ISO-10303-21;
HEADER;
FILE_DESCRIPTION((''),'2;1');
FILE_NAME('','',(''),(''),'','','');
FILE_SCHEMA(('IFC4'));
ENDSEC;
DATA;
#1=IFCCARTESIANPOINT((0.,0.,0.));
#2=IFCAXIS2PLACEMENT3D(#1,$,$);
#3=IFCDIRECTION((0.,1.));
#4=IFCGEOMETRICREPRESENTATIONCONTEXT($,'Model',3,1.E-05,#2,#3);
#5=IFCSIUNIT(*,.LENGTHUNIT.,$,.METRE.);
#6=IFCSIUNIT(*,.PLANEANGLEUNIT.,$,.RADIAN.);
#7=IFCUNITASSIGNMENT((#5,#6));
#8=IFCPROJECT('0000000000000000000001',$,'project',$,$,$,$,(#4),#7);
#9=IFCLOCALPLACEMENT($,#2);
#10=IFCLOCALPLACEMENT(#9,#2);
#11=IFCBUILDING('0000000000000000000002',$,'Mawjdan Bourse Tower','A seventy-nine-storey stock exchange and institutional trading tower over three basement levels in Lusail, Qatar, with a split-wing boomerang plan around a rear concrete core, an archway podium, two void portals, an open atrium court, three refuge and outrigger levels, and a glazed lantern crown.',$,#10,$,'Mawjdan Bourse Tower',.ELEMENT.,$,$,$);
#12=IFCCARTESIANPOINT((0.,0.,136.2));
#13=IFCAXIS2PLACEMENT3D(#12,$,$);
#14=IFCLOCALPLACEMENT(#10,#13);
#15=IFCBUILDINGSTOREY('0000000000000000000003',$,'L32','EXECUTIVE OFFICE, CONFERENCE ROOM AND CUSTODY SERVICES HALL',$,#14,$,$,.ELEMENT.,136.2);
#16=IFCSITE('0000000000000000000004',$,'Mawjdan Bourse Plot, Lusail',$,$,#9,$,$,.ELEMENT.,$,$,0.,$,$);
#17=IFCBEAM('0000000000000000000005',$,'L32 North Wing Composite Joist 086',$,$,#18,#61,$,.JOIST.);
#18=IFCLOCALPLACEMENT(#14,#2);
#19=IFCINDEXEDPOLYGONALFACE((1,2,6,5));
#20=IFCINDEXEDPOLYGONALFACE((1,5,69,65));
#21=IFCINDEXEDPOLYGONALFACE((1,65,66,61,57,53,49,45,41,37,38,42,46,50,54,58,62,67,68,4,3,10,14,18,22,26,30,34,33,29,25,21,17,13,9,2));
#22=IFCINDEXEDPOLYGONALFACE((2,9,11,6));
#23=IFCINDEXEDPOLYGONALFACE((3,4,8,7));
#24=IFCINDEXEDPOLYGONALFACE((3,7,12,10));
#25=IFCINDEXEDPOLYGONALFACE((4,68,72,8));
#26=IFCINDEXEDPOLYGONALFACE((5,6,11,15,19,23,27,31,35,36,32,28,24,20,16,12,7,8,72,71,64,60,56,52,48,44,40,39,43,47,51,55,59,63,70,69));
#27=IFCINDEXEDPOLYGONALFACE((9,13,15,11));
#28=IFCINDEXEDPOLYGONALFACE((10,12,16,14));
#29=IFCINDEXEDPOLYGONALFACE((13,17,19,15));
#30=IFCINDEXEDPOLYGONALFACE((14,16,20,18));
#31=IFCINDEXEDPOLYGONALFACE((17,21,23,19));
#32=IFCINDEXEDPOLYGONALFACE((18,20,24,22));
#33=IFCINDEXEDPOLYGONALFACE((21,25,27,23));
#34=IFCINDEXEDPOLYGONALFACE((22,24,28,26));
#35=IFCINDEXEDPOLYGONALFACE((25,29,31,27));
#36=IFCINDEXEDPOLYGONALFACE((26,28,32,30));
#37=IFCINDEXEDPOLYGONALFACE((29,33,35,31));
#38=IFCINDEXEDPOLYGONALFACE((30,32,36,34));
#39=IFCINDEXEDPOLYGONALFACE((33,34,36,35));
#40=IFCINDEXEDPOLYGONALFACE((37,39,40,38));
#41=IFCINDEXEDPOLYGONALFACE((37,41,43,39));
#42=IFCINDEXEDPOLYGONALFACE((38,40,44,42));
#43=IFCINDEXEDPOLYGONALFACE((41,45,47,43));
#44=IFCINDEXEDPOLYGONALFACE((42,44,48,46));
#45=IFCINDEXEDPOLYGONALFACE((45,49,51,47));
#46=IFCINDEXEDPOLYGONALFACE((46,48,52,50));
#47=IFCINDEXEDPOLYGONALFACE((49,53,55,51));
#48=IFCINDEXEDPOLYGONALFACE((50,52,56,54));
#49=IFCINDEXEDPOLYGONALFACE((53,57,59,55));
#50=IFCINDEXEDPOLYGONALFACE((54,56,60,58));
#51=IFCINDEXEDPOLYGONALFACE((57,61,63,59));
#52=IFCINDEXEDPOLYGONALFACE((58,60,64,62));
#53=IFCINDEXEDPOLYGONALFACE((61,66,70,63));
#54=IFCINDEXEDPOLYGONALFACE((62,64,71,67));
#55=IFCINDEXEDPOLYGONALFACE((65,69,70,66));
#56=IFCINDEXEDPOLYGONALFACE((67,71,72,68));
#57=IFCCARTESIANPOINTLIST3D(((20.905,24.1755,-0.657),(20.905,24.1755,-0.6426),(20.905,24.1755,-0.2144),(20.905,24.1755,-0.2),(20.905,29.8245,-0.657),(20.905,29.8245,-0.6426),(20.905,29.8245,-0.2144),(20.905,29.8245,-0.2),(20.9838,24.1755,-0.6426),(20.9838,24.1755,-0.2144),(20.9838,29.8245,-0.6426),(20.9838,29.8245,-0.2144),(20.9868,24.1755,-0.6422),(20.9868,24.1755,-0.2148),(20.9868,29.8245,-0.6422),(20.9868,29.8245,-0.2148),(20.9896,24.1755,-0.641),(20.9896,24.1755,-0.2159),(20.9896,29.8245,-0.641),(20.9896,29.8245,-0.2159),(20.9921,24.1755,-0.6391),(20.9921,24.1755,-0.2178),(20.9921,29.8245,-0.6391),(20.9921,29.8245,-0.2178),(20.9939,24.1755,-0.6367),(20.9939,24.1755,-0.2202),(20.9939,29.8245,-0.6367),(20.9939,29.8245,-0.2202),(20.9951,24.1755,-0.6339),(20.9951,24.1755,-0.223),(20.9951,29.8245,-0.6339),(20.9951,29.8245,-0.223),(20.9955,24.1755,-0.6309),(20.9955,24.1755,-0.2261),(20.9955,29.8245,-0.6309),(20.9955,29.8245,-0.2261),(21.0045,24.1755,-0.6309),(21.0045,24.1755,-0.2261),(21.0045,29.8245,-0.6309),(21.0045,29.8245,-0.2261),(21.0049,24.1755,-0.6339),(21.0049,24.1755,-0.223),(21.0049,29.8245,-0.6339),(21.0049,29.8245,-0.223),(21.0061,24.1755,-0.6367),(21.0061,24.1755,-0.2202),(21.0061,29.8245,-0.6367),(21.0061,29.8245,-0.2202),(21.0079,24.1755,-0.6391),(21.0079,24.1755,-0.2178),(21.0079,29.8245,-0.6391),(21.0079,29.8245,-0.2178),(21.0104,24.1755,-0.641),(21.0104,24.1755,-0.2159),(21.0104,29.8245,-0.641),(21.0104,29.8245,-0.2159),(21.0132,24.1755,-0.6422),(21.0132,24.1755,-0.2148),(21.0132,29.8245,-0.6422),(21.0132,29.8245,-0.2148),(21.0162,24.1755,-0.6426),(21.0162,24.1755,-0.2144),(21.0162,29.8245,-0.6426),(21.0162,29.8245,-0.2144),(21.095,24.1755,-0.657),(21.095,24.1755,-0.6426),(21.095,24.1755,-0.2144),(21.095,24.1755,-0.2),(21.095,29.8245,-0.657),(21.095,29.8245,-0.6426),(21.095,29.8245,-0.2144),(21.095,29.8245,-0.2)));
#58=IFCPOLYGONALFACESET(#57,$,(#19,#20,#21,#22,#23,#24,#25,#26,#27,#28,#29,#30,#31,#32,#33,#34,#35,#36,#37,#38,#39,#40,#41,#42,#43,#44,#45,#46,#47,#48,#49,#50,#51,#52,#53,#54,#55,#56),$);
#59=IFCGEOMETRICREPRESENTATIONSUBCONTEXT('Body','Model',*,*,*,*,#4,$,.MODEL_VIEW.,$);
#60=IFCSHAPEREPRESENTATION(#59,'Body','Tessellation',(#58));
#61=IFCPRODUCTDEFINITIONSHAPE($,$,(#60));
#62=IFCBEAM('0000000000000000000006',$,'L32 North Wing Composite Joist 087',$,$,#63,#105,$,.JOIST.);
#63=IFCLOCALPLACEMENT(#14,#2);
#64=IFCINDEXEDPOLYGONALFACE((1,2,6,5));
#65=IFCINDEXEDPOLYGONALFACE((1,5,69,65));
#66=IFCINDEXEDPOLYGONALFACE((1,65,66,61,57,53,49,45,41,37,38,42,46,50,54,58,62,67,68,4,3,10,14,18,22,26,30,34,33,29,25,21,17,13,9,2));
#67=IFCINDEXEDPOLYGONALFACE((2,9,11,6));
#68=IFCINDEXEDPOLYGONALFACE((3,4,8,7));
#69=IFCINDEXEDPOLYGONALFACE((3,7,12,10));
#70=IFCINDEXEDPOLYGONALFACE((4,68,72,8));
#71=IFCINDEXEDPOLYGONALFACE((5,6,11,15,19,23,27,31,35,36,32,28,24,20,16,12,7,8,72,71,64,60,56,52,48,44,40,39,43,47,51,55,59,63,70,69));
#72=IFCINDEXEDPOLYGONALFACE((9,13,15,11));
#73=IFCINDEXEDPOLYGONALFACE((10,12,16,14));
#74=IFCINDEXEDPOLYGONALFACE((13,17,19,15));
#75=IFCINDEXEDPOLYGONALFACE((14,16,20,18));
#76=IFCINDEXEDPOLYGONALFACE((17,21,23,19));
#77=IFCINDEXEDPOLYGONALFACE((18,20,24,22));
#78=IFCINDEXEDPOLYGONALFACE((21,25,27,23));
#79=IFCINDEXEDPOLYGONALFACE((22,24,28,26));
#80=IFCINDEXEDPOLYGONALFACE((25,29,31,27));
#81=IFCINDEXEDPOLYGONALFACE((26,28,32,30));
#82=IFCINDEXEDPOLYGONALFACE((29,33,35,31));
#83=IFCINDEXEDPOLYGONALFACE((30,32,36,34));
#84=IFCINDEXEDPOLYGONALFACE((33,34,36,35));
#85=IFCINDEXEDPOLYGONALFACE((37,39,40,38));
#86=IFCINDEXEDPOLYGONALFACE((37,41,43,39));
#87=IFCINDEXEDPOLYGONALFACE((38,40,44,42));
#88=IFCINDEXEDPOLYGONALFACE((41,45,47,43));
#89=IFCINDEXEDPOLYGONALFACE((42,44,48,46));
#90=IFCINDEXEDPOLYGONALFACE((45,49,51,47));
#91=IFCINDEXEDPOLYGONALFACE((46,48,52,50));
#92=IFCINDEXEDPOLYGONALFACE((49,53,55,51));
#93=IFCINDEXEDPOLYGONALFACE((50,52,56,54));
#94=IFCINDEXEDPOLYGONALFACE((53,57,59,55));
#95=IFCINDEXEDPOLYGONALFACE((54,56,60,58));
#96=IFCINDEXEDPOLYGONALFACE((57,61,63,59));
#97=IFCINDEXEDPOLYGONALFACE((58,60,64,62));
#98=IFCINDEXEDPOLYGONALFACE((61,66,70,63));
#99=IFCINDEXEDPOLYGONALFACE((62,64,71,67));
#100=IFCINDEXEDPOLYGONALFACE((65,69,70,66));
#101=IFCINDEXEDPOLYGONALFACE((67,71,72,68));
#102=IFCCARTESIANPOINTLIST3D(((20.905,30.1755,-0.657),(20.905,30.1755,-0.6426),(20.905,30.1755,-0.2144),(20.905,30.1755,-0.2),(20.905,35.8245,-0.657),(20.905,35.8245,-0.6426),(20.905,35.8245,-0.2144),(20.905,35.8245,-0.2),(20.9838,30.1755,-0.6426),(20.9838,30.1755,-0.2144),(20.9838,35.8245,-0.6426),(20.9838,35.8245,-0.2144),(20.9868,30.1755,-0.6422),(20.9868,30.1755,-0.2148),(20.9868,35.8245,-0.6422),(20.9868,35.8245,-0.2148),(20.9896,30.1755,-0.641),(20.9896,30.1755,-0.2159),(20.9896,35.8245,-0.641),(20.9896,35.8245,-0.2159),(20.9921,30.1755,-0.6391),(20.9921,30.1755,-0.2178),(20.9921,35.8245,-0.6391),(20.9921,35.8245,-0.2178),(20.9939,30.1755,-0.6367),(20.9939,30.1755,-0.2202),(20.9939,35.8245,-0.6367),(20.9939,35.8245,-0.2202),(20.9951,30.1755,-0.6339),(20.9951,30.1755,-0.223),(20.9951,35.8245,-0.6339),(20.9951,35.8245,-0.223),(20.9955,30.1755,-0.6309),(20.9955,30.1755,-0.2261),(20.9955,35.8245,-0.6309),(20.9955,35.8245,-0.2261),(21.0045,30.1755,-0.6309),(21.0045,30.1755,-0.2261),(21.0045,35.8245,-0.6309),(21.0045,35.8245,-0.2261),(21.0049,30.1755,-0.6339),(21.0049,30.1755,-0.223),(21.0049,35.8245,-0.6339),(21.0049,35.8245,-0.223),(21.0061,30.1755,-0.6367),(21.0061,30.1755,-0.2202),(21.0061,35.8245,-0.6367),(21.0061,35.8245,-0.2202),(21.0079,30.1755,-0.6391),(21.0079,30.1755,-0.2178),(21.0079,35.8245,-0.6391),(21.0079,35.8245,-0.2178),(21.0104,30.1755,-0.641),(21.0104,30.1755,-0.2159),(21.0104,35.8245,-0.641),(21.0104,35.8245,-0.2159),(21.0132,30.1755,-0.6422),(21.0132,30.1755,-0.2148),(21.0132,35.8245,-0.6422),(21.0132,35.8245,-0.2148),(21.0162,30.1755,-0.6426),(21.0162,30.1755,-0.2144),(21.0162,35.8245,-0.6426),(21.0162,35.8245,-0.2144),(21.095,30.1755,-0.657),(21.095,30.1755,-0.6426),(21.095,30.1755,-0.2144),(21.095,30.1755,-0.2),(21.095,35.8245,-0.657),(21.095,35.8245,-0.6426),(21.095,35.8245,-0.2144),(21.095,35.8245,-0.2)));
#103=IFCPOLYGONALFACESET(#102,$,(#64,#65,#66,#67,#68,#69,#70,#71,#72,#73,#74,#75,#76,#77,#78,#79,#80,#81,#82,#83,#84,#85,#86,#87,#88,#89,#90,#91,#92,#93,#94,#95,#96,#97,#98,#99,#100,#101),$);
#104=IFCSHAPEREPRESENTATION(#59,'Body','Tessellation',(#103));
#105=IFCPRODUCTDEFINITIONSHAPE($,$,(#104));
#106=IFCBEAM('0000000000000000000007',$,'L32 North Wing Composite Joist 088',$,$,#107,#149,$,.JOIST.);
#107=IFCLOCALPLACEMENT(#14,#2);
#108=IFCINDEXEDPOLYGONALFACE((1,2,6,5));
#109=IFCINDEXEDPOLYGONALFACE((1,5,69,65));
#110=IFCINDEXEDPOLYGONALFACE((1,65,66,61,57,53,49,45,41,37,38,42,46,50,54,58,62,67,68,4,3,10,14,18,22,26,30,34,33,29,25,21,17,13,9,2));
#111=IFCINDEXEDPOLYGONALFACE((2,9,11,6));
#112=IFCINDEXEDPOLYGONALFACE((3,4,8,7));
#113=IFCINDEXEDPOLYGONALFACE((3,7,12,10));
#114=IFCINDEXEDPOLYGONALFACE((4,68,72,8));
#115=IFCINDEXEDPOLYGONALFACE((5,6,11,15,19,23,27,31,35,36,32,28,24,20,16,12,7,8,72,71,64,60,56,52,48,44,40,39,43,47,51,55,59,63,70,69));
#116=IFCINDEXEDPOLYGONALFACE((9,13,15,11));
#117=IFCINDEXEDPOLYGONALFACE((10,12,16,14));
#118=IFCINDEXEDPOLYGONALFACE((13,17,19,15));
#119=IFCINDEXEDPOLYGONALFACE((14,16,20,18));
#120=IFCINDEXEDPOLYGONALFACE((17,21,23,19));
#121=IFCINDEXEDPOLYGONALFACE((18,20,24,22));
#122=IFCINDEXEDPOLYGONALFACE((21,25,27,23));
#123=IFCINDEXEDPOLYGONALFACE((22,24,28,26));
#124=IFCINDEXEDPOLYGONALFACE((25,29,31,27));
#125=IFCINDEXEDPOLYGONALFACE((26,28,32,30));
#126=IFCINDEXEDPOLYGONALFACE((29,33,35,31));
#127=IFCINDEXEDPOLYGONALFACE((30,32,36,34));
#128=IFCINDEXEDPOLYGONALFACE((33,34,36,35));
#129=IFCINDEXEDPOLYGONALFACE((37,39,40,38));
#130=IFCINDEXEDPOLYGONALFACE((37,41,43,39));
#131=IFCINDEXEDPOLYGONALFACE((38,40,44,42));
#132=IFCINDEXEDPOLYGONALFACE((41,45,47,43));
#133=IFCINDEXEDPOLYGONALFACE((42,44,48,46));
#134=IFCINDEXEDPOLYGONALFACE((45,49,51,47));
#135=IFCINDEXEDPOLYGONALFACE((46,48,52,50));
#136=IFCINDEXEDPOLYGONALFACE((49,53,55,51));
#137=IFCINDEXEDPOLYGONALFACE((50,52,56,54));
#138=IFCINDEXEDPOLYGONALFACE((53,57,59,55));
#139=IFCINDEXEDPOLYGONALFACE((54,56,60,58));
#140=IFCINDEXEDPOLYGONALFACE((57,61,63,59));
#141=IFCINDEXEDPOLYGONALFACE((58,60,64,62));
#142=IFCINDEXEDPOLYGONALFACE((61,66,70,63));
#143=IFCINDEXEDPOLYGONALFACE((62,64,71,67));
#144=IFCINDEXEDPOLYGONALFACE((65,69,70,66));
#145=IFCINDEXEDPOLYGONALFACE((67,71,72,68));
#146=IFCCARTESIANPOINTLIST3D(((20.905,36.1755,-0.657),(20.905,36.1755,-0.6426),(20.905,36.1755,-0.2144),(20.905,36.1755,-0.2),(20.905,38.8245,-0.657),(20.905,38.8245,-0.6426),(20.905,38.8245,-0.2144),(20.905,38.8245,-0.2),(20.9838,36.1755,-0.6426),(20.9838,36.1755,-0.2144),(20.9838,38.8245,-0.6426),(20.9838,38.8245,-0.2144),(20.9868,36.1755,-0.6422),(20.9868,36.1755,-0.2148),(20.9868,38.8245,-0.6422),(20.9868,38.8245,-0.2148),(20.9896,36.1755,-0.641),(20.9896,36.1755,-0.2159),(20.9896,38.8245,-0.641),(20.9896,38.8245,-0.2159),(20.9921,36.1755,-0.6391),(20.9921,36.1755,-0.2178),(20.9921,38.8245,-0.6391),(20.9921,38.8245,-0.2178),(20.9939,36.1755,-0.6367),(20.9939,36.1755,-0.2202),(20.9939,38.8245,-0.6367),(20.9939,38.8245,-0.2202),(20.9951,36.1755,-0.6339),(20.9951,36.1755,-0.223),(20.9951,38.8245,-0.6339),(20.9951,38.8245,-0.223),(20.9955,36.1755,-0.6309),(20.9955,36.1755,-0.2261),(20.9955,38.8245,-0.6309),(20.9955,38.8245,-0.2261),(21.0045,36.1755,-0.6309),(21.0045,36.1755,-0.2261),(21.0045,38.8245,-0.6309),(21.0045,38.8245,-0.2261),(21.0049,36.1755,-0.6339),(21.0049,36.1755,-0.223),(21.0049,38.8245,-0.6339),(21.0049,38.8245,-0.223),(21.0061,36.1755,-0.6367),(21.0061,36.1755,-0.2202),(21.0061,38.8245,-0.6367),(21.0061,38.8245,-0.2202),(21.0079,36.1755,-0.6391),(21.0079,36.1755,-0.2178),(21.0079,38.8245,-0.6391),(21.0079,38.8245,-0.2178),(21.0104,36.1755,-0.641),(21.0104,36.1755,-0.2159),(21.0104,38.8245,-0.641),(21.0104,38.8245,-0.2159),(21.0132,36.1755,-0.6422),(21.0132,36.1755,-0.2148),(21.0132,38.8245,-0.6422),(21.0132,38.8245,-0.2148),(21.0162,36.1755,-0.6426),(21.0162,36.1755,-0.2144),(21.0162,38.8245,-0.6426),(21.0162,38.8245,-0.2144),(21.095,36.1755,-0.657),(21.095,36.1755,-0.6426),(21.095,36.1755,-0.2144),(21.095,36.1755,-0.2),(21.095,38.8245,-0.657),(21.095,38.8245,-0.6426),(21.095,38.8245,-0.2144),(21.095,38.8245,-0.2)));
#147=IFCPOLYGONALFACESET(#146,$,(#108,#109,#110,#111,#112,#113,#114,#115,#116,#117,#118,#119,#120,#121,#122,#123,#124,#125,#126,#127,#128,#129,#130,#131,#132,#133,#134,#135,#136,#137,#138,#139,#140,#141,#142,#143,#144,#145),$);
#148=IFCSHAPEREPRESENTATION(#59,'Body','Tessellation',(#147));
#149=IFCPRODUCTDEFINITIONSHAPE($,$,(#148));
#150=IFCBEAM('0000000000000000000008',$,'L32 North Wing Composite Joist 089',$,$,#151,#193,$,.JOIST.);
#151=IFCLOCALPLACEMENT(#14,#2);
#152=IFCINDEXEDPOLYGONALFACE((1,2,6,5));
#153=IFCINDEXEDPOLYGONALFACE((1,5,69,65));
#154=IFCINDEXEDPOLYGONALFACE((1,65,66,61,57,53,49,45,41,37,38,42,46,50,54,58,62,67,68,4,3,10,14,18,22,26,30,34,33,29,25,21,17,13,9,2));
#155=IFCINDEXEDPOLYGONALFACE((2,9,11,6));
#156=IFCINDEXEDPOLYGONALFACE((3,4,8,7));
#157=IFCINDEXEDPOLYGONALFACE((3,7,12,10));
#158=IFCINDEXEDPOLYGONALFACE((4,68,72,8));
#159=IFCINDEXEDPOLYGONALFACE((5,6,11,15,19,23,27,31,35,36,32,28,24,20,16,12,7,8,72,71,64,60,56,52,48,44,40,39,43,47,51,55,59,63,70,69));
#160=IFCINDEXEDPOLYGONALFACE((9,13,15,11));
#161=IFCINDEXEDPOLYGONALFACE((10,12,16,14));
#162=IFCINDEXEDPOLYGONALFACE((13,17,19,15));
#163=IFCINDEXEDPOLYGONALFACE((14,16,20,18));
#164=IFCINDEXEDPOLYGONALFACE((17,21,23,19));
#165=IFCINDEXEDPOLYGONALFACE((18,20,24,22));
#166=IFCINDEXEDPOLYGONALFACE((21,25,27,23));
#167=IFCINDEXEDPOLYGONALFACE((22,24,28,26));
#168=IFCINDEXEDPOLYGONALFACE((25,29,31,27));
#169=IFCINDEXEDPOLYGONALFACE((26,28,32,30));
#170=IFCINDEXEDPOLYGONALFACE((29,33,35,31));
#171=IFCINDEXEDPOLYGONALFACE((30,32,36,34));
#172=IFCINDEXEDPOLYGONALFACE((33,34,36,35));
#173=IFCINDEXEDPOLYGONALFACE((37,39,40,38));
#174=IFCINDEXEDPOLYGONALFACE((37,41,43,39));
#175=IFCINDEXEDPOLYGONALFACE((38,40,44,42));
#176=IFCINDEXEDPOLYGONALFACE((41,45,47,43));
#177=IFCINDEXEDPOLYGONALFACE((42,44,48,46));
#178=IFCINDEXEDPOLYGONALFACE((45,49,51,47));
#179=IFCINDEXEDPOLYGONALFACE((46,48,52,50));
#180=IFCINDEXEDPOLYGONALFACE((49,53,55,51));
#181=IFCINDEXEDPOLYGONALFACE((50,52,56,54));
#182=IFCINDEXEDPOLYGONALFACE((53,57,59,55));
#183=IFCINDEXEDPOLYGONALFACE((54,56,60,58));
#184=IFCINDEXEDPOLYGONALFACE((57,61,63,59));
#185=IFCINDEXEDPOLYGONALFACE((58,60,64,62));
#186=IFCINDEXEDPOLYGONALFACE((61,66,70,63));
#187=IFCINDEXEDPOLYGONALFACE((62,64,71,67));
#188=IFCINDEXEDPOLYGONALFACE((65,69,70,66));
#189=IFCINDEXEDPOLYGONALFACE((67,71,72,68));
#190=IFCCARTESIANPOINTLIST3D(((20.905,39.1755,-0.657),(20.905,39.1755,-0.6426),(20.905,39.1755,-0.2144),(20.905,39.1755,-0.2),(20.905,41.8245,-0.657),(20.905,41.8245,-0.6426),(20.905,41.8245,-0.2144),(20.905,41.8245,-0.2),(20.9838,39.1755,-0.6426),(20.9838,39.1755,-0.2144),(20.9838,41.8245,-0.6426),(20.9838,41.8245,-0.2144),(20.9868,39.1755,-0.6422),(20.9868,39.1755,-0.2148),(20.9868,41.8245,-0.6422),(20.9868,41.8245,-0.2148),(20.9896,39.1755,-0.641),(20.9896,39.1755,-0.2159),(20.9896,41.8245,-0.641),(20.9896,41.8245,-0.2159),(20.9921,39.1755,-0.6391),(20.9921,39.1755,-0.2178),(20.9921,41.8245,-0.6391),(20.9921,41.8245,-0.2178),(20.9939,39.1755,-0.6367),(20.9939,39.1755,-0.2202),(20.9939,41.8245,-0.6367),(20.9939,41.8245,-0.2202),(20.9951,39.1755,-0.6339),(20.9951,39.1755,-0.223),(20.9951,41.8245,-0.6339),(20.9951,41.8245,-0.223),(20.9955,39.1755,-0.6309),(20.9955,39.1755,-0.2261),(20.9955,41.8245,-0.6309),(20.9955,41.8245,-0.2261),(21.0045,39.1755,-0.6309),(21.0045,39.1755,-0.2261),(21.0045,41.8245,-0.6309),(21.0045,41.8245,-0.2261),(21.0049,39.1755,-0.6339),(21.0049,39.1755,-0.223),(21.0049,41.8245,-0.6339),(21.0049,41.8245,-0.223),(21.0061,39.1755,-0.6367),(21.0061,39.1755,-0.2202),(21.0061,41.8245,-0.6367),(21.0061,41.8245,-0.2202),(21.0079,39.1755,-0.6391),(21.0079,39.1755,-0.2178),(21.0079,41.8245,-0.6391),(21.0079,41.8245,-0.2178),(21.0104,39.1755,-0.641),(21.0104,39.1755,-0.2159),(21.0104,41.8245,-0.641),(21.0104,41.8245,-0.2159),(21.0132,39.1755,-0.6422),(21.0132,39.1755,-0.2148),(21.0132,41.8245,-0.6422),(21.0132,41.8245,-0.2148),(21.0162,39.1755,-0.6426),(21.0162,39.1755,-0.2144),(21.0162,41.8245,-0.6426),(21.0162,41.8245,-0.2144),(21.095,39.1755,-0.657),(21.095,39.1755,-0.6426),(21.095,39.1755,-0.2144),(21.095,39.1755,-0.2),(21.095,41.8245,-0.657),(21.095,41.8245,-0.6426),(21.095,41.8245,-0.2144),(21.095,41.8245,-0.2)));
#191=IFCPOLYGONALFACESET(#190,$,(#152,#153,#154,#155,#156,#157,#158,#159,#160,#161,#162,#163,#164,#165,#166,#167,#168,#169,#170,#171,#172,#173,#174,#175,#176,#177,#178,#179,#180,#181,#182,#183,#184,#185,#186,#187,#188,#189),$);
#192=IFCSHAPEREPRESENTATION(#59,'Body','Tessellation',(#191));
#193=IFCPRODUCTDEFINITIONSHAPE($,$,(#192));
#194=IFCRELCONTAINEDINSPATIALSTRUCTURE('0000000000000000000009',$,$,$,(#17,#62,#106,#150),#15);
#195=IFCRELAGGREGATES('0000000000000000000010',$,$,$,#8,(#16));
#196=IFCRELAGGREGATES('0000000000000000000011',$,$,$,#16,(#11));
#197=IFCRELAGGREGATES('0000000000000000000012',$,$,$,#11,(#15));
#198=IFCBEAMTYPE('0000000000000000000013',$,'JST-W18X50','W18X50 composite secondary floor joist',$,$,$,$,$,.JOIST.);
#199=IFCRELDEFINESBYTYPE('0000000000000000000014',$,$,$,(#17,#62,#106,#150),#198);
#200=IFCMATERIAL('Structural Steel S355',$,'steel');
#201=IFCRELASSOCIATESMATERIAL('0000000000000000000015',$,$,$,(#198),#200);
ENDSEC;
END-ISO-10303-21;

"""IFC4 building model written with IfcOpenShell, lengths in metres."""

from ifc_helpers import new_model, si_unit, direction, frame, origin, origin_2d, place, context, subcontext, project, spatial, i_section, extrude, material, material_profile, profile_set, type_object, element, save


model = new_model("IFC4")

# Units and contexts
model_context = context("Model", 3, precision=1e-05, world=origin(), true_north=direction((0.0, 1.0)))
body_context = subcontext(model_context, "Body", "Model", "MODEL_VIEW")
ifc_project = project(units=[si_unit("LENGTHUNIT", "METRE"), si_unit("PLANEANGLEUNIT", "RADIAN")], contexts=[model_context])

# Site, building, storey
site_placement = place(None, origin())
site = spatial("IfcSite", under=ifc_project, at=site_placement, Name="Mawjdan Bourse Plot, Lusail", CompositionType="ELEMENT", RefElevation=0.0)
building_placement = place(site_placement, origin())
building = spatial("IfcBuilding", under=site, at=building_placement, Name="Mawjdan Bourse Tower", Description="A seventy-nine-storey stock exchange and institutional trading tower over three basement levels in Lusail, Qatar, with a split-wing boomerang plan around a rear concrete core, an archway podium, two void portals, an open atrium court, three refuge and outrigger levels, and a glazed lantern crown.", LongName="Mawjdan Bourse Tower", CompositionType="ELEMENT")
storey_placement = place(building_placement, frame((0.0, 0.0, 136.2)))
storey = spatial("IfcBuildingStorey", under=building, at=storey_placement, Name="L32", Description="EXECUTIVE OFFICE, CONFERENCE ROOM AND CUSTODY SERVICES HALL", CompositionType="ELEMENT", Elevation=136.2)

# Beams
ifc_material_1 = material(Name="Structural Steel S355", Category="steel")
ifc_material_profile_1 = material_profile(ifc_material_1, i_section(OverallWidth=0.1899, OverallDepth=0.457, WebThickness=0.009, FlangeThickness=0.0144, FilletRadius=0.0117, at=origin_2d()), Name="W18X50")
ifc_profile_set_1 = profile_set([ifc_material_profile_1], Name="Structural Steel S355")
beam_type_1 = type_object("IfcBeamType", Name="JST-W18X50", Description="W18X50 composite secondary floor joist", PredefinedType="JOIST", material=ifc_profile_set_1)
for number, where, z_axis, x_axis, name in (
    (1, (21.0, 24.1755, -0.4285), (0.0, 1.0, 0.0), (-1.0, 0.0, 0.0), "L32 North Wing Composite Joist 086"),
    (2, (21.0, 30.1755, -0.4285), (0.0, 1.0, 0.0), (-1.0, 0.0, 0.0), "L32 North Wing Composite Joist 087"),
):
    element("IfcBeam", number, at=place(storey_placement, frame(where, z_axis=z_axis, x_axis=x_axis)), inside=storey, type_object=beam_type_1, Name=name, PredefinedType="JOIST", context=body_context, shape_type="SweptSolid", body=[
        extrude(i_section(OverallWidth=0.1899, OverallDepth=0.457, WebThickness=0.009, FlangeThickness=0.0144, FilletRadius=0.0117, at=origin_2d()), origin(), (0.0, 0.0, 1.0), 5.6489),
    ])
for number, where, z_axis, x_axis, name in (
    (3, (21.0, 36.1755, -0.4285), (0.0, 1.0, 0.0), (-1.0, 0.0, 0.0), "L32 North Wing Composite Joist 088"),
    (4, (21.0, 39.1755, -0.4285), (0.0, 1.0, 0.0), (-1.0, 0.0, 0.0), "L32 North Wing Composite Joist 089"),
):
    element("IfcBeam", number, at=place(storey_placement, frame(where, z_axis=z_axis, x_axis=x_axis)), inside=storey, type_object=beam_type_1, Name=name, PredefinedType="JOIST", context=body_context, shape_type="SweptSolid", body=[
        extrude(i_section(OverallWidth=0.1899, OverallDepth=0.457, WebThickness=0.009, FlangeThickness=0.0144, FilletRadius=0.0117, at=origin_2d()), origin(), (0.0, 0.0, 1.0), 2.6489),
    ])

save(model, "model.ifc")
